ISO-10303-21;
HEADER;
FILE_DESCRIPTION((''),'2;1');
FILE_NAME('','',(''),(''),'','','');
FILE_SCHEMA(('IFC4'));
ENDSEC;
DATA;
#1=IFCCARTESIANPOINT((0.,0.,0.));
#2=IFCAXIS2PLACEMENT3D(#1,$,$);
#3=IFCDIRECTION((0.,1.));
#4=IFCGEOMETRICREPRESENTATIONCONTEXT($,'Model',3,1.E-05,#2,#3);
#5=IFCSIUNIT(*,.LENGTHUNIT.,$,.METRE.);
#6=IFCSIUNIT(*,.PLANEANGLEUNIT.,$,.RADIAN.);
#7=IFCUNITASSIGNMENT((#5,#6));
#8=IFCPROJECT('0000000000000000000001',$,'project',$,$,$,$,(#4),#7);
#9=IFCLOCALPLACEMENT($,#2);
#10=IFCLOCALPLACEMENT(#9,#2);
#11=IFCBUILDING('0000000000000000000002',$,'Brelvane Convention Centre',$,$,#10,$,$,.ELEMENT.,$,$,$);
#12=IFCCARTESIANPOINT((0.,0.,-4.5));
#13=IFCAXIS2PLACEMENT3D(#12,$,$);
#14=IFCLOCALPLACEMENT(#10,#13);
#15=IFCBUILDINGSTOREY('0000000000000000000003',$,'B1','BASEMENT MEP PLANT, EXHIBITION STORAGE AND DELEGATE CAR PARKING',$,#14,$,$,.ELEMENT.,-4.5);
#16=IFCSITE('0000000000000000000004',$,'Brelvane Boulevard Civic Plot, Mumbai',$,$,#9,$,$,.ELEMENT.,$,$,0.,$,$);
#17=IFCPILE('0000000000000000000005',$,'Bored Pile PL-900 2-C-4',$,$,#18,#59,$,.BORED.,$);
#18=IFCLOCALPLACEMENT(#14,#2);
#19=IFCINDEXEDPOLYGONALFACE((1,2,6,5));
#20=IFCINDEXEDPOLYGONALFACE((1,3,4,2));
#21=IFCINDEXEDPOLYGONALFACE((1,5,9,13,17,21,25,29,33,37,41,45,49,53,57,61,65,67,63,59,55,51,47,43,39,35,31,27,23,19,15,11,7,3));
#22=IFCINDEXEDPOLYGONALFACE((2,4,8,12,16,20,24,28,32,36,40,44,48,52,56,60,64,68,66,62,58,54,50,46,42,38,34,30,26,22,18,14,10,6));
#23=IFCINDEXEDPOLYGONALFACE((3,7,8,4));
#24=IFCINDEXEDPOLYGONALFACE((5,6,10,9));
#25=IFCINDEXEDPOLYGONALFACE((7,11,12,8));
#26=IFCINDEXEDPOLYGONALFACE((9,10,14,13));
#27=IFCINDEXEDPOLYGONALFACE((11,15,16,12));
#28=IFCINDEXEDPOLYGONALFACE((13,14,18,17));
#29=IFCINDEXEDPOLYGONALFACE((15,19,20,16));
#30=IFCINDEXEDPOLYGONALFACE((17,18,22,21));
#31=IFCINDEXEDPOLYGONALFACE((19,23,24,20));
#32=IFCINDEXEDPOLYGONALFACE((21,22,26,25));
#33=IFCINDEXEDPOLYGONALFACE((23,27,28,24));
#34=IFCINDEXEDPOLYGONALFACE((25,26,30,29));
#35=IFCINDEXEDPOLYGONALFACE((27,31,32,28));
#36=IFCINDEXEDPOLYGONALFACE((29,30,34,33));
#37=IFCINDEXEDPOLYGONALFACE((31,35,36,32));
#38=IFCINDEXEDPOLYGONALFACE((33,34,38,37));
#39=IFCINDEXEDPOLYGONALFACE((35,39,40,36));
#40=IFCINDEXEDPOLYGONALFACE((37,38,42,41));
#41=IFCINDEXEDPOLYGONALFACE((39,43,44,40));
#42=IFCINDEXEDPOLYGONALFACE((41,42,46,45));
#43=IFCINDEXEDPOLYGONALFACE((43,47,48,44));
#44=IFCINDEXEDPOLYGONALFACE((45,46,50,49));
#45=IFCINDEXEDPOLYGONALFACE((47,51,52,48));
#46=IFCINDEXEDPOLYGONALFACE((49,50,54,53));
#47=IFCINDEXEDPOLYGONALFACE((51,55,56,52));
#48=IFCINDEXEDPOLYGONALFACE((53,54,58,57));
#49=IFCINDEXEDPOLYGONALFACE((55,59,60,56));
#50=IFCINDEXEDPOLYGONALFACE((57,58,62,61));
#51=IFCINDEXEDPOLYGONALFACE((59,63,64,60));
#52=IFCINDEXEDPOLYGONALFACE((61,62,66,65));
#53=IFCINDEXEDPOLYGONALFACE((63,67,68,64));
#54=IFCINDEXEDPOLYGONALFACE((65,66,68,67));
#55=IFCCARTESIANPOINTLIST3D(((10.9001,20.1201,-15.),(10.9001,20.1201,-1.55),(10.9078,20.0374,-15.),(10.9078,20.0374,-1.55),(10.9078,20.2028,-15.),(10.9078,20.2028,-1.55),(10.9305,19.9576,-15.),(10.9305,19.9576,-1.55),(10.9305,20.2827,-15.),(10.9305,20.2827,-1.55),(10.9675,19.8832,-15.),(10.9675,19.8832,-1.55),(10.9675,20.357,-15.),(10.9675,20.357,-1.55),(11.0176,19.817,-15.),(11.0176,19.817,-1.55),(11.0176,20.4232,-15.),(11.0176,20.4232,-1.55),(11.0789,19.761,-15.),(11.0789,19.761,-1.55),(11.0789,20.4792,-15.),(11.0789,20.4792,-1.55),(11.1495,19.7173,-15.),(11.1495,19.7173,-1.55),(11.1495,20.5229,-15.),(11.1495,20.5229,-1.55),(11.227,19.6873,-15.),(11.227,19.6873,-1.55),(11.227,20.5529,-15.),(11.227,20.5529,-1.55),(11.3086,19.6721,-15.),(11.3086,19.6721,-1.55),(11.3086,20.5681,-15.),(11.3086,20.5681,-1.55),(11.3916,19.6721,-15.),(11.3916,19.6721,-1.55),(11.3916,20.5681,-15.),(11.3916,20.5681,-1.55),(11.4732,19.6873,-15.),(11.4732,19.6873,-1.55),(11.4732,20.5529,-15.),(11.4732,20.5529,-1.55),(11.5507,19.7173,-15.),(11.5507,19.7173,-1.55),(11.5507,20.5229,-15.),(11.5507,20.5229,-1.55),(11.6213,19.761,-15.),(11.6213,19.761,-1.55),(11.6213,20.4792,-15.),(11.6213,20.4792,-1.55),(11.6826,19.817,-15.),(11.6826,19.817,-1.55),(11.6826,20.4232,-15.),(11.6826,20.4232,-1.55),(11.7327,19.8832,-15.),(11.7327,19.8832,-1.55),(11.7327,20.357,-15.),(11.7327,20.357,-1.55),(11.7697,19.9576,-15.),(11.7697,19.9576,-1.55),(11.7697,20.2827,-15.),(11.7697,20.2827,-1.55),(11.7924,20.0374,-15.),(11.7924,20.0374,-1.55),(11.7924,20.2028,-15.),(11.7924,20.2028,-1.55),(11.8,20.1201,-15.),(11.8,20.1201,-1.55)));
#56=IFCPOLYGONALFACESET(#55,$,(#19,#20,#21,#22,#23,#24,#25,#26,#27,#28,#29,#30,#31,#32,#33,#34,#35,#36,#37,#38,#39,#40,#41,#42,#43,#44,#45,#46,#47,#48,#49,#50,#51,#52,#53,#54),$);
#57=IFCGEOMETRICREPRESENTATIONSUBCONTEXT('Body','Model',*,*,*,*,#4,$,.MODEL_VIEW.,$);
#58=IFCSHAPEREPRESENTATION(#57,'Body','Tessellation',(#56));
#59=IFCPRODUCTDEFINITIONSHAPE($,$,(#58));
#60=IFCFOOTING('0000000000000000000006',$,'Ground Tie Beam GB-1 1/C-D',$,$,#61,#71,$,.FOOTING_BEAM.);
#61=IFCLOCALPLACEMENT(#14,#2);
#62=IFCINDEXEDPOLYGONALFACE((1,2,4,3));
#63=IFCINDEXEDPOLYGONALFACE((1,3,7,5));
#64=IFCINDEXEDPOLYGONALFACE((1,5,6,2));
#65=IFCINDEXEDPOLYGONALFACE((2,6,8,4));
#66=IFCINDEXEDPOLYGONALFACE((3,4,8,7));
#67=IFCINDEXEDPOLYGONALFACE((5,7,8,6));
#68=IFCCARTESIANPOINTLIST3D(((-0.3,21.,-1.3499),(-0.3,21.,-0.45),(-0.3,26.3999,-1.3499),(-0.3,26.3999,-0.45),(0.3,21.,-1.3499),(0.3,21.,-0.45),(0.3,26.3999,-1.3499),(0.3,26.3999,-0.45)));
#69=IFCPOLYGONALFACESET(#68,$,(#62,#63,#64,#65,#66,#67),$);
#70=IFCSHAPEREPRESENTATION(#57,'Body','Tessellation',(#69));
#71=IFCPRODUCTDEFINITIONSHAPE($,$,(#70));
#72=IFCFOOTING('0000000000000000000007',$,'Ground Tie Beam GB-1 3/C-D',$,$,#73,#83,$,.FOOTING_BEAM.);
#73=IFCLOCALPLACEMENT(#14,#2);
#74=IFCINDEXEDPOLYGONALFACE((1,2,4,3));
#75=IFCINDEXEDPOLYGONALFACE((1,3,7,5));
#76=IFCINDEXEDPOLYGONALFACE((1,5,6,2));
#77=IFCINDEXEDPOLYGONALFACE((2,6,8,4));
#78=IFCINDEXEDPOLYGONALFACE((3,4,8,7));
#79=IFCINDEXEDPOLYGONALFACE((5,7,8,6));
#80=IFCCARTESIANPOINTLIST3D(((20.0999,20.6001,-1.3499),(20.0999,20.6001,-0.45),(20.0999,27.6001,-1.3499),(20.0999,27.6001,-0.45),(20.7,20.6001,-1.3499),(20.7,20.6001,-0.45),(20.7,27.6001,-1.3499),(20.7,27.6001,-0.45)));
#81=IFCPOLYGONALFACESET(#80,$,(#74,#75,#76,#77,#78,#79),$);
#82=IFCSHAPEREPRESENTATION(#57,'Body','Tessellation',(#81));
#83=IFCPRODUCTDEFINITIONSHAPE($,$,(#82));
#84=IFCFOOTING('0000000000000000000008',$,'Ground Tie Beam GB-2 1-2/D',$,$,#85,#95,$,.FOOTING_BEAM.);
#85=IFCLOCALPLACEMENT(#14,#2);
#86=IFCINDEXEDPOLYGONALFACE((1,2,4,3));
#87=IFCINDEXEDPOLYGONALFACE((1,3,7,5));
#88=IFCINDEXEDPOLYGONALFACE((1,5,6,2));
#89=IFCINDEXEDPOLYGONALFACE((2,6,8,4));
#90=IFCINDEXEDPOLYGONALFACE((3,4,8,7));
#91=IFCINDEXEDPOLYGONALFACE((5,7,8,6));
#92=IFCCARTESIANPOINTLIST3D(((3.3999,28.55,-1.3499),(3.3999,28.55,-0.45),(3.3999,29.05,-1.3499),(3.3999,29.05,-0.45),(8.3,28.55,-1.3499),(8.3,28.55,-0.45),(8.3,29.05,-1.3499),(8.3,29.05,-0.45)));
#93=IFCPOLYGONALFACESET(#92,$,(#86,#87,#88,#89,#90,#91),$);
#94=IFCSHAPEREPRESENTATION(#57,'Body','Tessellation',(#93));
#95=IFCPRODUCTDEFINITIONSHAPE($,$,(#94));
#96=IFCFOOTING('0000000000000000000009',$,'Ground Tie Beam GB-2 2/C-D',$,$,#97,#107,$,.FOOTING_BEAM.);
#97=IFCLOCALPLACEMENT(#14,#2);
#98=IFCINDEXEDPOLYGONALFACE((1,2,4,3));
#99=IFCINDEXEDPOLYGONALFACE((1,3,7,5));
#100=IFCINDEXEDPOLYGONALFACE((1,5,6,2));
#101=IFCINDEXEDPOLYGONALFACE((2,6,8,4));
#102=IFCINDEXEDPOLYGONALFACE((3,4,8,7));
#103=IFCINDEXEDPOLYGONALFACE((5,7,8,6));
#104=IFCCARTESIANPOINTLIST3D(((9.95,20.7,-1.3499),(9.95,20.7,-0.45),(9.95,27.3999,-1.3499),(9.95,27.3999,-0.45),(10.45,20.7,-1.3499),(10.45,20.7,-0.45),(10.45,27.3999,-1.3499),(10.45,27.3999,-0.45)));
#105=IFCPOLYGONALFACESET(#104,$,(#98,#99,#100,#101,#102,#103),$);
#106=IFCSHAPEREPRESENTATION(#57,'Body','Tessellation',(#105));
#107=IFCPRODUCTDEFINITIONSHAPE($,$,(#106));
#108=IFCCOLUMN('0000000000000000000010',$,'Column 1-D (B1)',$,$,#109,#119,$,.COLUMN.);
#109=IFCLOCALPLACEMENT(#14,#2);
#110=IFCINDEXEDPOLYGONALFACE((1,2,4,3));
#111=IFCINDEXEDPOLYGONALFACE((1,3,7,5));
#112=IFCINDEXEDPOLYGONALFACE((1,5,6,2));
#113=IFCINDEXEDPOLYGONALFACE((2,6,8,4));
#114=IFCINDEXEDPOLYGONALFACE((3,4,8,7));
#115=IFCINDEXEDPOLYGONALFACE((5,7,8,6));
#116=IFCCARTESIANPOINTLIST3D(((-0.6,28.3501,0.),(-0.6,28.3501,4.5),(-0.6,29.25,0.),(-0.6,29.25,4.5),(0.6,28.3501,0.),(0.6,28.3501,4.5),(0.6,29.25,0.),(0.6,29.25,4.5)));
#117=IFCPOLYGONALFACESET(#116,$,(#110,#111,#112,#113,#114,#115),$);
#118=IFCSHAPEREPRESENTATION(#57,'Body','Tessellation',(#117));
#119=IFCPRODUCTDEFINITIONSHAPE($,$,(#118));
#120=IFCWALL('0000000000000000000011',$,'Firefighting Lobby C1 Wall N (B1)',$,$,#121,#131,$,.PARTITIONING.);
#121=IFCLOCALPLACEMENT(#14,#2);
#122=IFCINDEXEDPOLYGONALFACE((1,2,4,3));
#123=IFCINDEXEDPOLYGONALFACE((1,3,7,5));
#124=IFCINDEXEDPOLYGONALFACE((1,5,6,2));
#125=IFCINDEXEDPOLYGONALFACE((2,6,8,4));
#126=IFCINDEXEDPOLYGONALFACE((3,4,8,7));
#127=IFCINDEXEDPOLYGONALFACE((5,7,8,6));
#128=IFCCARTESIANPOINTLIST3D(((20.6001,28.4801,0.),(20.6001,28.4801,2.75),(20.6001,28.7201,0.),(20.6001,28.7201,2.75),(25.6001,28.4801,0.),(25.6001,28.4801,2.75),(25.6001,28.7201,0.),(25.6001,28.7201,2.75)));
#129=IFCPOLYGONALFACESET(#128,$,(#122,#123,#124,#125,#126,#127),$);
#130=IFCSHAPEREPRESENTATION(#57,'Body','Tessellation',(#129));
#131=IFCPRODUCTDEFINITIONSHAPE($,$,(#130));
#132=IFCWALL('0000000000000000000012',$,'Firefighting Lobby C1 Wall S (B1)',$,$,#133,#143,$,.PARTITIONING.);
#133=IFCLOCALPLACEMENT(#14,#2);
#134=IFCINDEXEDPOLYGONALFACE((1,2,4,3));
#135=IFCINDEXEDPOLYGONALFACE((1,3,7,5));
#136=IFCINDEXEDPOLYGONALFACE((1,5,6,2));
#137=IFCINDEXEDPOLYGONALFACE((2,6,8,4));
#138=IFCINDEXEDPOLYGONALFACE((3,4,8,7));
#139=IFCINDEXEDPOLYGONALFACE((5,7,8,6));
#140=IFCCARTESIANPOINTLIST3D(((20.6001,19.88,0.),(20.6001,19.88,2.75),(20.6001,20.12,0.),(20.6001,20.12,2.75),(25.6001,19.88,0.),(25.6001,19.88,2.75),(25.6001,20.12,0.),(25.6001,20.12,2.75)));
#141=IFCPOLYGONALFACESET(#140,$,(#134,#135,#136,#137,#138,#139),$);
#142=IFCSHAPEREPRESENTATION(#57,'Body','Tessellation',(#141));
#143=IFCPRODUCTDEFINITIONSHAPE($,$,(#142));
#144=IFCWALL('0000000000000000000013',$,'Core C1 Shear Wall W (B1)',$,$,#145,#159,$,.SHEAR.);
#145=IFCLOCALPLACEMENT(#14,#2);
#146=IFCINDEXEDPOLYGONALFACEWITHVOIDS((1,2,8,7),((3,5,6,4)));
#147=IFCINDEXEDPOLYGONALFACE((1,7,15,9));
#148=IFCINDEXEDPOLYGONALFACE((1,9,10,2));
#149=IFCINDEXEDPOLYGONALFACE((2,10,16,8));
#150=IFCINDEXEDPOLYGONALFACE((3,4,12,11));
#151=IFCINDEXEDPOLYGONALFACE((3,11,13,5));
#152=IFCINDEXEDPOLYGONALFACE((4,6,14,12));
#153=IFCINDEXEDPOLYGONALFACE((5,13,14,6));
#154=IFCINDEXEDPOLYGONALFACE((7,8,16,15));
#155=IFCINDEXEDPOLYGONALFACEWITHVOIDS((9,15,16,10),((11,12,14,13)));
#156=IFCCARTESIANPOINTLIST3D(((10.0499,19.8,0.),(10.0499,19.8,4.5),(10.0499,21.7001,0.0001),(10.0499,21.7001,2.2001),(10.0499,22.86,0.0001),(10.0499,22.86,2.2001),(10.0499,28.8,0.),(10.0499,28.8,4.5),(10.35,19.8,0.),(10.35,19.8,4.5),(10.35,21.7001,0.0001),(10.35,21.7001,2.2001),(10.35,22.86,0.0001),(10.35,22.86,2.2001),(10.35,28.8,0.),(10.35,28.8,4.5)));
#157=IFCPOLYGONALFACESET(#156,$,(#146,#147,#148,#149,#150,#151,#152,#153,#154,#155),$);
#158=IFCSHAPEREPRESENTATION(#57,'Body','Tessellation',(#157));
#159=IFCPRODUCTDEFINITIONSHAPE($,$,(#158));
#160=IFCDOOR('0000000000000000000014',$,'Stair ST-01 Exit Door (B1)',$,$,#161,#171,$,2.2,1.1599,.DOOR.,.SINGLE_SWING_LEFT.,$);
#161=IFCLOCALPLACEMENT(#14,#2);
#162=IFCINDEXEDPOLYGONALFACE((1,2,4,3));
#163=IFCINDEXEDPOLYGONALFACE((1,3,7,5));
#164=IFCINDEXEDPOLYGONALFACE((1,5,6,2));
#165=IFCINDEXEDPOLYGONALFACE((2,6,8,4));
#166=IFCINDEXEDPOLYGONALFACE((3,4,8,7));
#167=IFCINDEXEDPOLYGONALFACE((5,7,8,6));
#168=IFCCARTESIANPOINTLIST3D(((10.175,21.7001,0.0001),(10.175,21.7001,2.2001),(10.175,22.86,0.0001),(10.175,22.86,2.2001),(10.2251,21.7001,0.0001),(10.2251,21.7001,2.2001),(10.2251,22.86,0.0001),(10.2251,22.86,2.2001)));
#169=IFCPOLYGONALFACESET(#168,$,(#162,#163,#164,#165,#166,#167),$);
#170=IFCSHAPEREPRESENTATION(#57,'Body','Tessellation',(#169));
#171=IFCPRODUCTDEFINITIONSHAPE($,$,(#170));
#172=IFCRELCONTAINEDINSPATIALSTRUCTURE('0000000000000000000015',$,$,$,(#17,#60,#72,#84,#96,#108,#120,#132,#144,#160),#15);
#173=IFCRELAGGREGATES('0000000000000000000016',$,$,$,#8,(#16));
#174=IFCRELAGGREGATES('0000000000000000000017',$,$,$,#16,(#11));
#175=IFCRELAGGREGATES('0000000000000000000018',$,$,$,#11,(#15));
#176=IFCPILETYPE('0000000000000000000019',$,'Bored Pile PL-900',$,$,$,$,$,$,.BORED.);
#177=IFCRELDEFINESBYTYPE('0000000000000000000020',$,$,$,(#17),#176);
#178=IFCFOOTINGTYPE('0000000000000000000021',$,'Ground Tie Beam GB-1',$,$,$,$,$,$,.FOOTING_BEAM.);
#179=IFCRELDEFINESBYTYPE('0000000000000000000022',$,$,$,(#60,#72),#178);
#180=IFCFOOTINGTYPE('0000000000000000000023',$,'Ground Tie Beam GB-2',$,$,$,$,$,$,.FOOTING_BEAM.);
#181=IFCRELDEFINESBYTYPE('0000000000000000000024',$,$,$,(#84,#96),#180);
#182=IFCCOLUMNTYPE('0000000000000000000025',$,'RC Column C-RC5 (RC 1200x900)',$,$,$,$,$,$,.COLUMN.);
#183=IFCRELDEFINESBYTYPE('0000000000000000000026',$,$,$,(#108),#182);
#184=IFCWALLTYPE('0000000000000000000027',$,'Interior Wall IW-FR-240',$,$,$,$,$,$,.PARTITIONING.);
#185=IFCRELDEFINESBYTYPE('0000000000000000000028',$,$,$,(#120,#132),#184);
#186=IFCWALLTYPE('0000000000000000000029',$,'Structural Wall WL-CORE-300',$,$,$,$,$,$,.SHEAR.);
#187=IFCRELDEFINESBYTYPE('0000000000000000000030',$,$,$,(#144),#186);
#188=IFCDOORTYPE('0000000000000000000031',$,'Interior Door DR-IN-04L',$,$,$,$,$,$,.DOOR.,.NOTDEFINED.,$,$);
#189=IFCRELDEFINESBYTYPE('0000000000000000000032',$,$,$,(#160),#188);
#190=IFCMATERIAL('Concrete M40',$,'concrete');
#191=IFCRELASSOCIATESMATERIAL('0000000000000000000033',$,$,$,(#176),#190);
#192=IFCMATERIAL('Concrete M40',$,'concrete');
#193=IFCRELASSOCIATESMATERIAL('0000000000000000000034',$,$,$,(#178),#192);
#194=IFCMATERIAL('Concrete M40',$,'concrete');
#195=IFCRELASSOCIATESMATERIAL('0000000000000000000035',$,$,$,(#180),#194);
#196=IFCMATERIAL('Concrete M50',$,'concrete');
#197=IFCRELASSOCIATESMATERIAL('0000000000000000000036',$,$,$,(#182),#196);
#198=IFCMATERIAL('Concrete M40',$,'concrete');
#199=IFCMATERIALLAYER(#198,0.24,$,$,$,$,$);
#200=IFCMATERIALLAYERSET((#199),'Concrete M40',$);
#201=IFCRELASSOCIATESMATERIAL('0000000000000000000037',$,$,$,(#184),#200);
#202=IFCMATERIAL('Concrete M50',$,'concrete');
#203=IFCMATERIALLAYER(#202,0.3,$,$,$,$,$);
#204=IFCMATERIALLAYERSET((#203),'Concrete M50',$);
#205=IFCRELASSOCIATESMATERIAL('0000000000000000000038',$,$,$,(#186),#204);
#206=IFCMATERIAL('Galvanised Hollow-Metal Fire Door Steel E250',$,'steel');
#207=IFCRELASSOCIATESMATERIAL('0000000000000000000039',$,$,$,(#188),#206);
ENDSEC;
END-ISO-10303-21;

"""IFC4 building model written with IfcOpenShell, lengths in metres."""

from ifc_helpers import new_model, si_unit, direction, frame, frame_2d, origin, origin_2d, place, context, subcontext, project, spatial, rectangle, circle, extrude, material, layer, layer_set, material_profile, profile_set, type_object, element, fill, save


model = new_model("IFC4")

# Units and contexts
model_context = context("Model", 3, precision=1e-05, world=origin(), true_north=direction((0.0, 1.0)))
body_context = subcontext(model_context, "Body", "Model", "MODEL_VIEW")
ifc_project = project(units=[si_unit("LENGTHUNIT", "METRE"), si_unit("PLANEANGLEUNIT", "RADIAN")], contexts=[model_context])

# Site, building, storey
site_placement = place(None, origin())
site = spatial("IfcSite", under=ifc_project, at=site_placement, Name="Brelvane Boulevard Civic Plot, Mumbai", CompositionType="ELEMENT", RefElevation=0.0)
building_placement = place(site_placement, origin())
building = spatial("IfcBuilding", under=site, at=building_placement, Name="Brelvane Convention Centre", CompositionType="ELEMENT")
storey_placement = place(building_placement, frame((0.0, 0.0, -4.5)))
storey = spatial("IfcBuildingStorey", under=building, at=storey_placement, Name="B1", Description="BASEMENT MEP PLANT, EXHIBITION STORAGE AND DELEGATE CAR PARKING", CompositionType="ELEMENT", Elevation=-4.5)

# Pile
ifc_material_1 = material(Name="Concrete M40", Category="concrete")
ifc_material_profile_1 = material_profile(ifc_material_1, circle(Radius=0.45, at=origin_2d()), Name="PILE D900")
ifc_profile_set_1 = profile_set([ifc_material_profile_1], Name="Concrete M40")
pile_type_1 = type_object("IfcPileType", Name="Bored Pile PL-900", PredefinedType="BORED", material=ifc_profile_set_1)
for number, where, z_axis, x_axis, name in (
    (1, (11.3501, 20.1201, -1.55), (0.0, 0.0, -1.0), (1.0, 0.0, 0.0), "Bored Pile PL-900 2-C-4"),
):
    element("IfcPile", number, at=place(storey_placement, frame(where, z_axis=z_axis, x_axis=x_axis)), inside=storey, type_object=pile_type_1, Name=name, PredefinedType="BORED", context=body_context, shape_type="SweptSolid", body=[
        extrude(circle(Radius=0.45, at=origin_2d()), origin(), (0.0, 0.0, 1.0), 13.45),
    ])

# Footings
ifc_material_2 = material(Name="Concrete M40", Category="concrete")
ifc_material_profile_2 = material_profile(ifc_material_2, rectangle(XDim=0.6001, YDim=0.8999, at=origin_2d()), Name="RC 600x900")
ifc_profile_set_2 = profile_set([ifc_material_profile_2], Name="Concrete M40")
footing_type_1 = type_object("IfcFootingType", Name="Ground Tie Beam GB-1", PredefinedType="FOOTING_BEAM", material=ifc_profile_set_2)
footing_1_placement = place(storey_placement, frame((0.0, 21.0, -0.8999), z_axis=(0.0, 1.0, 0.0), x_axis=(-1.0, 0.0, 0.0)))
element("IfcFooting", 2, at=footing_1_placement, inside=storey, type_object=footing_type_1, Name="Ground Tie Beam GB-1 1/C-D", PredefinedType="FOOTING_BEAM", context=body_context, shape_type="SweptSolid", body=[
    extrude(rectangle(XDim=0.6001, YDim=0.8999, at=origin_2d()), origin(), (0.0, 0.0, 1.0), 5.3999),
])
footing_2_placement = place(storey_placement, frame((20.3999, 20.6001, -0.8999), z_axis=(0.0, 1.0, 0.0), x_axis=(-1.0, 0.0, 0.0)))
element("IfcFooting", 3, at=footing_2_placement, inside=storey, type_object=footing_type_1, Name="Ground Tie Beam GB-1 3/C-D", PredefinedType="FOOTING_BEAM", context=body_context, shape_type="SweptSolid", body=[
    extrude(rectangle(XDim=0.6001, YDim=0.8999, at=origin_2d()), origin(), (0.0, 0.0, 1.0), 7.0),
])
ifc_material_3 = material(Name="Concrete M40", Category="concrete")
ifc_material_profile_3 = material_profile(ifc_material_3, rectangle(XDim=0.5, YDim=0.8999, at=origin_2d()), Name="RC 500x900")
ifc_profile_set_3 = profile_set([ifc_material_profile_3], Name="Concrete M40")
footing_type_2 = type_object("IfcFootingType", Name="Ground Tie Beam GB-2", PredefinedType="FOOTING_BEAM", material=ifc_profile_set_3)
footing_3_placement = place(storey_placement, frame((3.3999, 28.8, -0.8999), z_axis=(1.0, 0.0, 0.0), x_axis=(0.0, 1.0, 0.0)))
element("IfcFooting", 4, at=footing_3_placement, inside=storey, type_object=footing_type_2, Name="Ground Tie Beam GB-2 1-2/D", PredefinedType="FOOTING_BEAM", context=body_context, shape_type="SweptSolid", body=[
    extrude(rectangle(XDim=0.5, YDim=0.8999, at=origin_2d()), origin(), (0.0, 0.0, 1.0), 4.9001),
])
footing_4_placement = place(storey_placement, frame((10.2, 20.7, -0.8999), z_axis=(0.0, 1.0, 0.0), x_axis=(-1.0, 0.0, 0.0)))
element("IfcFooting", 5, at=footing_4_placement, inside=storey, type_object=footing_type_2, Name="Ground Tie Beam GB-2 2/C-D", PredefinedType="FOOTING_BEAM", context=body_context, shape_type="SweptSolid", body=[
    extrude(rectangle(XDim=0.5, YDim=0.8999, at=origin_2d()), origin(), (0.0, 0.0, 1.0), 6.7),
])

# Column
ifc_material_4 = material(Name="Concrete M50", Category="concrete")
ifc_material_profile_4 = material_profile(ifc_material_4, rectangle(XDim=1.2, YDim=0.8999, at=origin_2d()), Name="RC 1200x900")
ifc_profile_set_4 = profile_set([ifc_material_profile_4], Name="Concrete M50")
column_type = type_object("IfcColumnType", Name="RC Column C-RC5 (RC 1200x900)", PredefinedType="COLUMN", material=ifc_profile_set_4)
column_placement = place(storey_placement, frame((0.0, 28.8, 0.0), z_axis=(0.0, 0.0, 1.0), x_axis=(1.0, 0.0, 0.0)))
element("IfcColumn", 6, at=column_placement, inside=storey, type_object=column_type, Name="Column 1-D (B1)", PredefinedType="COLUMN", context=body_context, shape_type="SweptSolid", body=[
    extrude(rectangle(XDim=1.2, YDim=0.8999, at=origin_2d()), origin(), (0.0, 0.0, 1.0), 4.5),
])

# Walls
ifc_material_5 = material(Name="Concrete M40", Category="concrete")
ifc_layer_1 = layer(ifc_material_5, 0.24)
ifc_layer_set_1 = layer_set([ifc_layer_1], Name="Concrete M40")
wall_type_1 = type_object("IfcWallType", Name="Interior Wall IW-FR-240", PredefinedType="PARTITIONING", material=ifc_layer_set_1)
for number, where, z_axis, x_axis, name in (
    (7, (20.6001, 28.6001, 0.0), (0.0, 0.0, 1.0), (1.0, 0.0, 0.0), "Firefighting Lobby C1 Wall N (B1)"),
    (8, (20.6001, 20.0, 0.0), (0.0, 0.0, 1.0), (1.0, 0.0, 0.0), "Firefighting Lobby C1 Wall S (B1)"),
):
    element("IfcWall", number, at=place(storey_placement, frame(where, z_axis=z_axis, x_axis=x_axis)), inside=storey, type_object=wall_type_1, Name=name, PredefinedType="PARTITIONING", context=body_context, shape_type="SweptSolid", body=[
        extrude(rectangle(XDim=5.0, YDim=0.24, at=frame_2d((2.5, 0.0))), origin(), (0.0, 0.0, 1.0), 2.75),
    ])

# Wall, opening, door
ifc_material_6 = material(Name="Concrete M50", Category="concrete")
ifc_layer_2 = layer(ifc_material_6, 0.3)
ifc_layer_set_2 = layer_set([ifc_layer_2], Name="Concrete M50")
wall_type_2 = type_object("IfcWallType", Name="Structural Wall WL-CORE-300", PredefinedType="SHEAR", material=ifc_layer_set_2)
wall_1_placement = place(storey_placement, frame((10.2, 19.8, 0.0), z_axis=(0.0, 0.0, 1.0), x_axis=(0.0, 1.0, 0.0)))
wall_1 = element("IfcWall", 9, at=wall_1_placement, inside=storey, type_object=wall_type_2, Name="Core C1 Shear Wall W (B1)", PredefinedType="SHEAR", context=body_context, shape_type="SweptSolid", body=[
    extrude(rectangle(XDim=9.0, YDim=0.3, at=frame_2d((4.5, 0.0))), origin(), (0.0, 0.0, 1.0), 4.5),
])
opening_1_placement = place(wall_1_placement, frame((1.8999, 0.0, 0.0)))
opening_1 = element("IfcOpeningElement", 10, at=opening_1_placement, cuts=wall_1, PredefinedType="OPENING", context=body_context, shape_type="SweptSolid", body=[
    extrude(rectangle(XDim=1.1599, YDim=2.2, at=frame_2d((0.5801, 1.1001))), frame((0.0, 0.1599, 0.0), z_axis=(0.0, -1.0, 0.0), x_axis=(1.0, 0.0, 0.0)), (0.0, 0.0, 1.0), 0.3201),
])
ifc_material_7 = material(Name="Galvanised Hollow-Metal Fire Door Steel E250", Category="steel")
door_type_1 = type_object("IfcDoorType", Name="Interior Door DR-IN-04L", OperationType="NOTDEFINED", PredefinedType="DOOR", material=ifc_material_7)
door_1_placement = place(opening_1_placement, origin())
door_1 = element("IfcDoor", 11, at=door_1_placement, inside=storey, type_object=door_type_1, Name="Stair ST-01 Exit Door (B1)", OperationType="SINGLE_SWING_LEFT", OverallHeight=2.2, OverallWidth=1.1599, PredefinedType="DOOR", context=body_context, shape_type="SweptSolid", body=[
    extrude(rectangle(XDim=1.1599, YDim=2.2, at=frame_2d((0.5801, 1.1001))), frame((0.0, 0.0249, 0.0), z_axis=(0.0, -1.0, 0.0), x_axis=(1.0, 0.0, 0.0)), (0.0, 0.0, 1.0), 0.05),
])
fill(opening_1, door_1)

save(model, "model.ifc")
